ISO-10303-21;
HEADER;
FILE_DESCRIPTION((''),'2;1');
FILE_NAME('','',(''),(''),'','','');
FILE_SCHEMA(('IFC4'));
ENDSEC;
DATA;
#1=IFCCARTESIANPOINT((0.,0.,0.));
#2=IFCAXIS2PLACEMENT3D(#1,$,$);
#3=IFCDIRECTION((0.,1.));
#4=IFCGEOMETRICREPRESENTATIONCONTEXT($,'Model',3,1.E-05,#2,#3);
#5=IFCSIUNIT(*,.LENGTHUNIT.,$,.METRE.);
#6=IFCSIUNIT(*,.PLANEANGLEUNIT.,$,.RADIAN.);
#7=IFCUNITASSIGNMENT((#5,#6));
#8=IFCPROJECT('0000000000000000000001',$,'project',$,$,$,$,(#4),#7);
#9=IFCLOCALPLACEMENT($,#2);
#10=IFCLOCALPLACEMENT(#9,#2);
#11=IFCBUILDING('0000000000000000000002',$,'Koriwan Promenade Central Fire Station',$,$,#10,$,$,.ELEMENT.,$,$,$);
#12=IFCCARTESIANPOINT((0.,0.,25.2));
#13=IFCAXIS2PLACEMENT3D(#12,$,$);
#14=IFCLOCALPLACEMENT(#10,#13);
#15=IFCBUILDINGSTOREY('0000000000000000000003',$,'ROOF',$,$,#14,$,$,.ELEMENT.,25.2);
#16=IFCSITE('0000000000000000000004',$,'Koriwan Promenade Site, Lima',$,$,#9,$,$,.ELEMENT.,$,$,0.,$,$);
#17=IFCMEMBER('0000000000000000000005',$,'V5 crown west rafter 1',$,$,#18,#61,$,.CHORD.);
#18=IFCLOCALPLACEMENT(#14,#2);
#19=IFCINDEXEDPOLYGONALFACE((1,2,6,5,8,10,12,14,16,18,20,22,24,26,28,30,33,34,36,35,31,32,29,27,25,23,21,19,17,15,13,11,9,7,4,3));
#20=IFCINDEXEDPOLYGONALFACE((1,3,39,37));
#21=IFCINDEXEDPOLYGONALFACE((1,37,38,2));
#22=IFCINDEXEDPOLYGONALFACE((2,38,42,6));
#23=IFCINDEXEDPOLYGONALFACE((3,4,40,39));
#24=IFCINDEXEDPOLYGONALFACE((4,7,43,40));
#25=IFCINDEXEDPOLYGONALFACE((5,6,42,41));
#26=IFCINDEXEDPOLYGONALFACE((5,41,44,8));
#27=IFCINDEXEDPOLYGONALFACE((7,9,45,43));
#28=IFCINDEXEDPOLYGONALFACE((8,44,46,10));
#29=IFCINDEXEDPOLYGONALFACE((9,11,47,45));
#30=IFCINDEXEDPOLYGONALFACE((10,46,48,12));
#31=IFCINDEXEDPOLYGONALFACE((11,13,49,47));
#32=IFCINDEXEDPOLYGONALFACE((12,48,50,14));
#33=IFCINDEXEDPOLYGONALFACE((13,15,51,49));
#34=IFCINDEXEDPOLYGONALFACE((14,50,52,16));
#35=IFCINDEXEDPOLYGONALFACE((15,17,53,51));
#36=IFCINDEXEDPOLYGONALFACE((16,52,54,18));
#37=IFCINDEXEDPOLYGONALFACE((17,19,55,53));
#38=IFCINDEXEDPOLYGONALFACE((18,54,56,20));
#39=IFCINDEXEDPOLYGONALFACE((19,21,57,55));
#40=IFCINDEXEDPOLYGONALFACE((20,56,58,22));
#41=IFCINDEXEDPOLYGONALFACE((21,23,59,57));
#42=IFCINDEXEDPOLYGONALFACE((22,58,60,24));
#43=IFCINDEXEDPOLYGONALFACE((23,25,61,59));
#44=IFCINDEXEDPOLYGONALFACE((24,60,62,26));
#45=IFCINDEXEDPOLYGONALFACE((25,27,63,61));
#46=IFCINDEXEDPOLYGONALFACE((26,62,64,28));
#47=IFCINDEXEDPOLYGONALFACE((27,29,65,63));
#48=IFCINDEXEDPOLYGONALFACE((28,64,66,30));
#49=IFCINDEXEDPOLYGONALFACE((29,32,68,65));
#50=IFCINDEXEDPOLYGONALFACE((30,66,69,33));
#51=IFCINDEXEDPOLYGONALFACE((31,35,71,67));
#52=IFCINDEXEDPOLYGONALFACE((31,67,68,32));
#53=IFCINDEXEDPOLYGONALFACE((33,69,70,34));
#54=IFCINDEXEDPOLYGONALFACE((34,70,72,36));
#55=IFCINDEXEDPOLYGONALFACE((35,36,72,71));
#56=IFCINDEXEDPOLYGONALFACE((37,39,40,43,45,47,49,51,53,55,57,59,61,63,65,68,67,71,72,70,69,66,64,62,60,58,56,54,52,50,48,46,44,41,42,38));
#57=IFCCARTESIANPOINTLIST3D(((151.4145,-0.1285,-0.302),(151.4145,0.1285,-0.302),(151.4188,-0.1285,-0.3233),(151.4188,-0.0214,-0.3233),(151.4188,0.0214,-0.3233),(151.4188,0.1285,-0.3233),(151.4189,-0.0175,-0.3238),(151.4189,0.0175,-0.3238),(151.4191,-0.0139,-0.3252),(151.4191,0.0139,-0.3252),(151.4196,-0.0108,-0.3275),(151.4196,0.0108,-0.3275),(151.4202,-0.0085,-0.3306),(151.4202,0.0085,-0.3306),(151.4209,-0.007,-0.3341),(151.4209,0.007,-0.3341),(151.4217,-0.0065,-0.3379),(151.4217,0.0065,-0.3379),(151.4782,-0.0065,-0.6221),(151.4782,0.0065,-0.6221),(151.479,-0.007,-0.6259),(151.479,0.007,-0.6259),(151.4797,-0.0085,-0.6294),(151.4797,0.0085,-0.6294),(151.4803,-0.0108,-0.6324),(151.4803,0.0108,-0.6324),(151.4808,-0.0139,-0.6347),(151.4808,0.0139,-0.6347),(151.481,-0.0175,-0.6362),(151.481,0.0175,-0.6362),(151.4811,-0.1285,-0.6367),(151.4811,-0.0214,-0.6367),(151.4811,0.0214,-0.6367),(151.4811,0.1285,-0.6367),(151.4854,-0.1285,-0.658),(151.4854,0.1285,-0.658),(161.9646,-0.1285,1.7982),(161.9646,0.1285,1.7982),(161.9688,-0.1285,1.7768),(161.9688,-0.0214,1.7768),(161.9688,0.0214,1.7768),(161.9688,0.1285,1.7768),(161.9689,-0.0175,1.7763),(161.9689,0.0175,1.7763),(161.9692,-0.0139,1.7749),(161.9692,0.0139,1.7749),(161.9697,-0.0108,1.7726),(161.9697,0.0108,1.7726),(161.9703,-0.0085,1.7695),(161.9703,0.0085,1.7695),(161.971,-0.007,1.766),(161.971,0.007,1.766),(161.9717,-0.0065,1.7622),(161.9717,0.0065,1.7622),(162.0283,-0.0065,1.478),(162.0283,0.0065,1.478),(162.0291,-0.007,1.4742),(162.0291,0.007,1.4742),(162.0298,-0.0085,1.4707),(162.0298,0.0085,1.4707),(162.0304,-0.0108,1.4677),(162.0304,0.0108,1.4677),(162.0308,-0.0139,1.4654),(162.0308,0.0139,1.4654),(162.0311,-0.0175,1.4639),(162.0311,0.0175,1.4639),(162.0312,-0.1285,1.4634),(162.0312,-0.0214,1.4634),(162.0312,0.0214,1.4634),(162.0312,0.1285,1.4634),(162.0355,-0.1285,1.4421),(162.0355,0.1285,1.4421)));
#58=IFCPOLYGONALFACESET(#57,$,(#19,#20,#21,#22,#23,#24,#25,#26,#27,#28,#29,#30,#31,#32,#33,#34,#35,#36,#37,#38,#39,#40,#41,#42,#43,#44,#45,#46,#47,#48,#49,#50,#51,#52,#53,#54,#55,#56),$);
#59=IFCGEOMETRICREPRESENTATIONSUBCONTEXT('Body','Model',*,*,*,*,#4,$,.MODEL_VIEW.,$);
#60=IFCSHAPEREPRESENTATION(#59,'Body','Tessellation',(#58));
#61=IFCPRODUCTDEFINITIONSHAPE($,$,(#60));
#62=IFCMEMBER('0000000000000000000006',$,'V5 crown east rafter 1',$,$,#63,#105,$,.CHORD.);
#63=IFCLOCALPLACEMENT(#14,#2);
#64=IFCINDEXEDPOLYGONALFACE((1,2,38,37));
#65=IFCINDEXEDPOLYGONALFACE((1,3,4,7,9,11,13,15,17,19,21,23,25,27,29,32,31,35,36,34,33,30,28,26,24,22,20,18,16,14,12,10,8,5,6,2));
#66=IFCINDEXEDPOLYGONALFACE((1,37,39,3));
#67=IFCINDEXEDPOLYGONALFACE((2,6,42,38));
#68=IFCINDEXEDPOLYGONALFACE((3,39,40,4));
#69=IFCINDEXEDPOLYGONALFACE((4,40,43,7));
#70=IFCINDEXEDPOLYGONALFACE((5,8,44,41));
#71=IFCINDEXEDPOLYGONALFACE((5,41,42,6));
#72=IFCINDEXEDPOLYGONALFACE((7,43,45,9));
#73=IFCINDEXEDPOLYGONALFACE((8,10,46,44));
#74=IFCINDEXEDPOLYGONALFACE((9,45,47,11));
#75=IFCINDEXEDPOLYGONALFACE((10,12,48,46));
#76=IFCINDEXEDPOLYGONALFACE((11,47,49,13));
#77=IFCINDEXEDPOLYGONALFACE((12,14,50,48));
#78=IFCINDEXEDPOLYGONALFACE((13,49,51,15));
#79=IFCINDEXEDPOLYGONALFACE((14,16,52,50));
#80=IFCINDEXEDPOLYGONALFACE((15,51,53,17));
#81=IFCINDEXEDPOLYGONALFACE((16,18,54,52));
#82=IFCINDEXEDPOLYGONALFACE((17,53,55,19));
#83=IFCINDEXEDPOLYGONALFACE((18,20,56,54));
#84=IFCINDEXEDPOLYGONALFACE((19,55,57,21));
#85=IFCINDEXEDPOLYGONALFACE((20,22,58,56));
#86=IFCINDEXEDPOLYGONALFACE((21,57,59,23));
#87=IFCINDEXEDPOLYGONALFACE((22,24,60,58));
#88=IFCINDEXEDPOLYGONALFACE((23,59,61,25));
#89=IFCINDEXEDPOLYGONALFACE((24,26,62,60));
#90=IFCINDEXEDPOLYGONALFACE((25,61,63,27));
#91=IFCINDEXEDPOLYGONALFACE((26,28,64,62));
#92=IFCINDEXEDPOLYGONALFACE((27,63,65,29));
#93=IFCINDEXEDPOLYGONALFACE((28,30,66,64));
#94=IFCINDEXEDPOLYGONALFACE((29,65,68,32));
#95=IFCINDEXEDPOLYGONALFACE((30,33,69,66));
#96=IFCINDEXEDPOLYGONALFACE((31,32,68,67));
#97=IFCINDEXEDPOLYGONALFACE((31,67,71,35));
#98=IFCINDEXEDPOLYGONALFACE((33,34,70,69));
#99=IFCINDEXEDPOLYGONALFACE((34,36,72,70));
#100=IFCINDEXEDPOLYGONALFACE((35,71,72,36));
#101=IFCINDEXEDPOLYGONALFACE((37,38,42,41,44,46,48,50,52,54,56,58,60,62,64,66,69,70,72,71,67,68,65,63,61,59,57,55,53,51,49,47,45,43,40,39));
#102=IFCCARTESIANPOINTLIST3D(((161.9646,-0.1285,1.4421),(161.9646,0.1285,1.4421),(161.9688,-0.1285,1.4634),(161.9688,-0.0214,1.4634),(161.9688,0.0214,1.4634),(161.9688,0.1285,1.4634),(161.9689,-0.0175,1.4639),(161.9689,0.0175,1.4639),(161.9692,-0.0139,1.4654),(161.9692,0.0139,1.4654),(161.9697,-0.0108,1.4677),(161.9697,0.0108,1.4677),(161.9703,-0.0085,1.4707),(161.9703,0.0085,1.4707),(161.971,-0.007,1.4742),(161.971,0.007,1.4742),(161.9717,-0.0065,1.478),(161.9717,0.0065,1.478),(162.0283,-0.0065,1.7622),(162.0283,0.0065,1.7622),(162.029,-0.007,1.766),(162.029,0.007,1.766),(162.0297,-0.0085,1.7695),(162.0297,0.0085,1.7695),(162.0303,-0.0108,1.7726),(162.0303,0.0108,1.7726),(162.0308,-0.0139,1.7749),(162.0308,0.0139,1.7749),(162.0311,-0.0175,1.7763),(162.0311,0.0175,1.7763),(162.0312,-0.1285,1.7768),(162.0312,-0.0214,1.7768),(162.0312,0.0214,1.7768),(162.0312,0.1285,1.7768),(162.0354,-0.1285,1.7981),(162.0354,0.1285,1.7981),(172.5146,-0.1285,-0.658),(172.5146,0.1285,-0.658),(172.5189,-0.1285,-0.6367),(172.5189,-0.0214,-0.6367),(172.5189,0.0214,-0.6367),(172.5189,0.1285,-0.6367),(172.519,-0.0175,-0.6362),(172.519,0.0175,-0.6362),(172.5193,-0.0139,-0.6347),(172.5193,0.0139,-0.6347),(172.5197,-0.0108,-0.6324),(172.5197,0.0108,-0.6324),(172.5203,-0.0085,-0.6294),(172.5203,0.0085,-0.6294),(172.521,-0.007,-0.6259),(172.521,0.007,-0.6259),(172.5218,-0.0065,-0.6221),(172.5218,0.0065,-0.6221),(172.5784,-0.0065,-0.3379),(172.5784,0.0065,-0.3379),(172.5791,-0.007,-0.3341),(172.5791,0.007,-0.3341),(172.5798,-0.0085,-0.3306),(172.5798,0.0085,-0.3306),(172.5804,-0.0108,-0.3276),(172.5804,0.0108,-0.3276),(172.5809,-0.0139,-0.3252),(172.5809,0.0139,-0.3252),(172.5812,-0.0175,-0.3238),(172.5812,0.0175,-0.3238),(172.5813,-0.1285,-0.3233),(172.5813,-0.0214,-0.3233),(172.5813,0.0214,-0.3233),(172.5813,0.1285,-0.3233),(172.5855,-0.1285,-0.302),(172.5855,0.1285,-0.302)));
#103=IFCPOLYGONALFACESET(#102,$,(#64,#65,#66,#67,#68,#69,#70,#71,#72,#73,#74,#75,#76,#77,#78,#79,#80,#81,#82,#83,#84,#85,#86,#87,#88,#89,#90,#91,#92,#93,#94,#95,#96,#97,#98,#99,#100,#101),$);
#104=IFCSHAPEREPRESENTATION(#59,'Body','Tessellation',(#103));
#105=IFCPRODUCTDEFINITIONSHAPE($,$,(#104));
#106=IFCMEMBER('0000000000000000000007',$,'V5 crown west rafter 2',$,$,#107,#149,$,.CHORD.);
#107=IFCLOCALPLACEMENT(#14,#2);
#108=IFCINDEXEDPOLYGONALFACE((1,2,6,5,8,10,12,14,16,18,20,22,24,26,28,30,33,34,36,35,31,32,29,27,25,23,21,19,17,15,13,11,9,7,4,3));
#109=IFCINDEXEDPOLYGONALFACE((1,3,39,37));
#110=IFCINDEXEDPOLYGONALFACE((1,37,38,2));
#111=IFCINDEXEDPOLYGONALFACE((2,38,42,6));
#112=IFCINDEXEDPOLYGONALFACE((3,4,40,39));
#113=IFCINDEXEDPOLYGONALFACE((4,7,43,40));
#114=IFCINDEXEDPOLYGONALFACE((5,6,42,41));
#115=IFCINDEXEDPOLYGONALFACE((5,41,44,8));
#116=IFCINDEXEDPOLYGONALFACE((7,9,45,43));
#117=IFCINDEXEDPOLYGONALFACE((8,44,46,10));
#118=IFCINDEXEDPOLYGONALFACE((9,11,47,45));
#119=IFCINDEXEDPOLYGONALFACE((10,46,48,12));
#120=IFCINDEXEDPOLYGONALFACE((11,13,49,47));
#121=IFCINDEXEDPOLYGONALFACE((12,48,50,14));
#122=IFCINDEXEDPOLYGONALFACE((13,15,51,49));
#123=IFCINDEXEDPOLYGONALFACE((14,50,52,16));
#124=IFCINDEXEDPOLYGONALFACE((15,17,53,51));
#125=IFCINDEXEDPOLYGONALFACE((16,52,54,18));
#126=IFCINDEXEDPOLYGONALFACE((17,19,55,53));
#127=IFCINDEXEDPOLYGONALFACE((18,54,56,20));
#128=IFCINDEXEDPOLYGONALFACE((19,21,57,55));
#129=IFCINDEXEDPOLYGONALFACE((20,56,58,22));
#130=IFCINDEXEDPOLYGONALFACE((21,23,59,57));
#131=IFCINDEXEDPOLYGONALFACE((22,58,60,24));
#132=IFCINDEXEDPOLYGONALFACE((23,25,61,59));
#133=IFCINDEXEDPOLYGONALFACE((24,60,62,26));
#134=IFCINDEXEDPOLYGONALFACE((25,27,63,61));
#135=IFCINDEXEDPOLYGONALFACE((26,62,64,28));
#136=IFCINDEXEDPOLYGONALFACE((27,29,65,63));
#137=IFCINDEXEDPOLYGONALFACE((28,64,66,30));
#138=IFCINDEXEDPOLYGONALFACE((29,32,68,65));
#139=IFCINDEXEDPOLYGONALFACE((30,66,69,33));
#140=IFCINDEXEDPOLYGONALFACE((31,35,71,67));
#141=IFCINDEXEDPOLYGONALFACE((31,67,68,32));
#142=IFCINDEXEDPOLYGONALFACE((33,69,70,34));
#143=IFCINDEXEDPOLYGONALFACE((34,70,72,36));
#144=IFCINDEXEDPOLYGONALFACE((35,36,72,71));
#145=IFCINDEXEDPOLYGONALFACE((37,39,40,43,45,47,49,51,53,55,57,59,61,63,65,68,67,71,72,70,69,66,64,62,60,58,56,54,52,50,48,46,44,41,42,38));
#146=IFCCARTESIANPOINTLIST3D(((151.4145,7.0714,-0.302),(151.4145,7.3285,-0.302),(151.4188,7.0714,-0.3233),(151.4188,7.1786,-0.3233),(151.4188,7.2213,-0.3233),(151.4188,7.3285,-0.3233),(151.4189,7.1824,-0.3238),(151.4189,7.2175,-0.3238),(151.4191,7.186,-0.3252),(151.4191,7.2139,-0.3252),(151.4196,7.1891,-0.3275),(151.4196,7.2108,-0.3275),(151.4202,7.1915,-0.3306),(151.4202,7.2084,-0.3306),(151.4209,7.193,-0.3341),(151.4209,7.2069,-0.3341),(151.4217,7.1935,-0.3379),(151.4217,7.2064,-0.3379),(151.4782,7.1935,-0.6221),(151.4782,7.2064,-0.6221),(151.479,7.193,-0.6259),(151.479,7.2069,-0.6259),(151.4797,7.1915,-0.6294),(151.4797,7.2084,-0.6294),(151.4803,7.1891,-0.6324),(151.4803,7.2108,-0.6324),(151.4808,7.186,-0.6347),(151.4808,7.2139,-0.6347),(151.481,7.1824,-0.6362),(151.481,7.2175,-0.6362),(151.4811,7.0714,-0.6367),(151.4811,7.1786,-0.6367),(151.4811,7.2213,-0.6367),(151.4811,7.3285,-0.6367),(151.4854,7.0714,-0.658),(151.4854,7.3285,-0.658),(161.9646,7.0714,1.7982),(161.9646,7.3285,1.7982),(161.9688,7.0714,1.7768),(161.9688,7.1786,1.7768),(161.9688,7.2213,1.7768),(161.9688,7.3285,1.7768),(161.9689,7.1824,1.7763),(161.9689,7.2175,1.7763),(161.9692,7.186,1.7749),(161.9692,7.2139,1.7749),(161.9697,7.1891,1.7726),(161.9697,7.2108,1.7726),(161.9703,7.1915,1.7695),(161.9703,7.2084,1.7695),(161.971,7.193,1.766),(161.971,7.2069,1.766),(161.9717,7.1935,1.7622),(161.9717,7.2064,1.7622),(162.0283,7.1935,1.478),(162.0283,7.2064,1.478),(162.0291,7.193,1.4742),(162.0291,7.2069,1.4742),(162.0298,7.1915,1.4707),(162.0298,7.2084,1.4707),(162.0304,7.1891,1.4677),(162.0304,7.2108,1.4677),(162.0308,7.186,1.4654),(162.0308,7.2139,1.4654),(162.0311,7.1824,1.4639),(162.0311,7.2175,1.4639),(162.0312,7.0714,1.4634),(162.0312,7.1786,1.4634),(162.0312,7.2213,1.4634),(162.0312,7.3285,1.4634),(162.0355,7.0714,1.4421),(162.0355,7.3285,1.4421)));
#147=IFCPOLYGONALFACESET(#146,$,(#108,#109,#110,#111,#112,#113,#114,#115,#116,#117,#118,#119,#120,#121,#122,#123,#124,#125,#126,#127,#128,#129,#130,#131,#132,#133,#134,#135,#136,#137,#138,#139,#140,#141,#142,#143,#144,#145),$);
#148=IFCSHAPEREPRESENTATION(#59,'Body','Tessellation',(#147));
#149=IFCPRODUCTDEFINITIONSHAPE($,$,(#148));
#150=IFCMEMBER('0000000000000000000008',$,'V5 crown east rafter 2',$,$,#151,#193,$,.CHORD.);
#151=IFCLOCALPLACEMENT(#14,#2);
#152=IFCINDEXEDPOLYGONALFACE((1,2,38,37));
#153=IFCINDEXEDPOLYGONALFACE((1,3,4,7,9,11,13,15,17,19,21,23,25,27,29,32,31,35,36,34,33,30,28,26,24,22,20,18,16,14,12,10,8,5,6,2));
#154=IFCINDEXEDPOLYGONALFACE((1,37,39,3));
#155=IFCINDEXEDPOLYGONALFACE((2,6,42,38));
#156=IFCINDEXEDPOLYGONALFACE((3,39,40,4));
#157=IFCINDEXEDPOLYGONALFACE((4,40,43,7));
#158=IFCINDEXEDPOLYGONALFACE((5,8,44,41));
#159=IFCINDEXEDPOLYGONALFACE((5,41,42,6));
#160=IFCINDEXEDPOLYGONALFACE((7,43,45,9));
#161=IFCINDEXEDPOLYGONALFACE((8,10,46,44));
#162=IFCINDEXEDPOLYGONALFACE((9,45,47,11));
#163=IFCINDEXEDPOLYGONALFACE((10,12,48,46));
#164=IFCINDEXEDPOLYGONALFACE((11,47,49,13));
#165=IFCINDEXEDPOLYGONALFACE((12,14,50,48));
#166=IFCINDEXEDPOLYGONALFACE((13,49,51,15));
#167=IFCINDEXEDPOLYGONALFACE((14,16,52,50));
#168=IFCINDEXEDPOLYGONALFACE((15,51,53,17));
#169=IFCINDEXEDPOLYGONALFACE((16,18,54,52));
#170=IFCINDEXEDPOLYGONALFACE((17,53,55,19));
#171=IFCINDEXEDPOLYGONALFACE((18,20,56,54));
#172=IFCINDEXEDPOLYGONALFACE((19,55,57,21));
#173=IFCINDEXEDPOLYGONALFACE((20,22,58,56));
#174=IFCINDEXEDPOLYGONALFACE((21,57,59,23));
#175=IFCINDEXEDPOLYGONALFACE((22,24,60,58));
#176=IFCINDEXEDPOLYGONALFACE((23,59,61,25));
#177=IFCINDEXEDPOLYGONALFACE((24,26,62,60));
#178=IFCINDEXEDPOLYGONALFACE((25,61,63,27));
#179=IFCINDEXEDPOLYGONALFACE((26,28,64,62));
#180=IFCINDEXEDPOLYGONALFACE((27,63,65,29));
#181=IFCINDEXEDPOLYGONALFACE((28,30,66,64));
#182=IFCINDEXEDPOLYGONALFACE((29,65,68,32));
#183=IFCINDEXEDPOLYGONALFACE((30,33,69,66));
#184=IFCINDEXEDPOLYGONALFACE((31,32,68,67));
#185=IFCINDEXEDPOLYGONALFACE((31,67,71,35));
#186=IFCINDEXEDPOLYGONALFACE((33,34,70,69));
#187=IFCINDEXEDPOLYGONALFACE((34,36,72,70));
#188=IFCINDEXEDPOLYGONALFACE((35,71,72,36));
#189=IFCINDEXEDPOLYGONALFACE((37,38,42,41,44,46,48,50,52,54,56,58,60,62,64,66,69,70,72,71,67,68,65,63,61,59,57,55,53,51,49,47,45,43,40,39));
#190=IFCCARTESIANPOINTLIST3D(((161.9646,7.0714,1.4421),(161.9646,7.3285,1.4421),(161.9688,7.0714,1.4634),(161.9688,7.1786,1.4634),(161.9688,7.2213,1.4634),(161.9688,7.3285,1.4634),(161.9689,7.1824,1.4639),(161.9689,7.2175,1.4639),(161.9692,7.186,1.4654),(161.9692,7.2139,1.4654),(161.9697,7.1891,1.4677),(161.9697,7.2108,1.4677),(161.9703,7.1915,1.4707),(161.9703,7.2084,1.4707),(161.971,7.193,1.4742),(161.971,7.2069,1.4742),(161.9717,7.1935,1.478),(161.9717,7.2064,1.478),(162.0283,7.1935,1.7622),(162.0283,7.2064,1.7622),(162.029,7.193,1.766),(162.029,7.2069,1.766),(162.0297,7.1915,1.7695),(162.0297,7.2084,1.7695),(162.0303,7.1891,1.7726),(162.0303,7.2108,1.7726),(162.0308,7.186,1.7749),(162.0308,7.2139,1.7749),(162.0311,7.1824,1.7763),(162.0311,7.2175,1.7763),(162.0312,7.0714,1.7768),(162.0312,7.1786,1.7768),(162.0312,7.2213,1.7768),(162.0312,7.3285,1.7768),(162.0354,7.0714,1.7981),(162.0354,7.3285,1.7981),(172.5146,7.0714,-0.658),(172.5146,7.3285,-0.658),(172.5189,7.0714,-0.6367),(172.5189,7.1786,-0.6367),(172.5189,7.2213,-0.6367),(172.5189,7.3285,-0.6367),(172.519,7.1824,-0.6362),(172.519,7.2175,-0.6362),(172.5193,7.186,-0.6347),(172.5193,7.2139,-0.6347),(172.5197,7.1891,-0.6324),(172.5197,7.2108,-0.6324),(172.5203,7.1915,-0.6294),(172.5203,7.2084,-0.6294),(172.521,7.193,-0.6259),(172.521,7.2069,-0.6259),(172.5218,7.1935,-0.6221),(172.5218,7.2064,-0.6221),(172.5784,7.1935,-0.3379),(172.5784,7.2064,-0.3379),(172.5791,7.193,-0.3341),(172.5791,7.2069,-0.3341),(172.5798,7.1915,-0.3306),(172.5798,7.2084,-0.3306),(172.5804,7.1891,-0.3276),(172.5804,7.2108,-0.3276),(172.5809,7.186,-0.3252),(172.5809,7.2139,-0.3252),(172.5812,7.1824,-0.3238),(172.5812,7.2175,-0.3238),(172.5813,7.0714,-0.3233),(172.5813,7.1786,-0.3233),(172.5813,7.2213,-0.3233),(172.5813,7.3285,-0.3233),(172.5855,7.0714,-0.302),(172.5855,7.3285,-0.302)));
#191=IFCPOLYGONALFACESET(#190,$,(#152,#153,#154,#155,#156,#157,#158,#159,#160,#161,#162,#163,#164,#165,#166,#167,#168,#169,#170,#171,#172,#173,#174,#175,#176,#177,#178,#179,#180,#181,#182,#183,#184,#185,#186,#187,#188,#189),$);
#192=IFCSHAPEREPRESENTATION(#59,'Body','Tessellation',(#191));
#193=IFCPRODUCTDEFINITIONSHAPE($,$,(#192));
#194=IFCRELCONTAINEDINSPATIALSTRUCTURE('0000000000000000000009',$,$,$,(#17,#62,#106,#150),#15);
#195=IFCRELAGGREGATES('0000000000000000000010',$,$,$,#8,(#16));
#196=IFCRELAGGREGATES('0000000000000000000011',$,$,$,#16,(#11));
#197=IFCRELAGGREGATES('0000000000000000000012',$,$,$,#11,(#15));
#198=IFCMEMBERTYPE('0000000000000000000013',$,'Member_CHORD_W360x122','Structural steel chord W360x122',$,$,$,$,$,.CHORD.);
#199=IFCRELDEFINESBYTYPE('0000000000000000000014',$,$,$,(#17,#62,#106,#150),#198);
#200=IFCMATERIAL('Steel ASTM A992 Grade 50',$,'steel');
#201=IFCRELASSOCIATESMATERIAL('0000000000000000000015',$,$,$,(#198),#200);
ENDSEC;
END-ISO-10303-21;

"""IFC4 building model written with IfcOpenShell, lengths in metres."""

from ifc_helpers import new_model, si_unit, direction, frame, origin, origin_2d, place, context, subcontext, project, spatial, i_section, extrude, material, material_profile, profile_set, type_object, element, save


model = new_model("IFC4")

# Units and contexts
model_context = context("Model", 3, precision=1e-05, world=origin(), true_north=direction((0.0, 1.0)))
body_context = subcontext(model_context, "Body", "Model", "MODEL_VIEW")
ifc_project = project(units=[si_unit("LENGTHUNIT", "METRE"), si_unit("PLANEANGLEUNIT", "RADIAN")], contexts=[model_context])

# Site, building, storey
site_placement = place(None, origin())
site = spatial("IfcSite", under=ifc_project, at=site_placement, Name="Koriwan Promenade Site, Lima", CompositionType="ELEMENT", RefElevation=0.0)
building_placement = place(site_placement, origin())
building = spatial("IfcBuilding", under=site, at=building_placement, Name="Koriwan Promenade Central Fire Station", CompositionType="ELEMENT")
storey_placement = place(building_placement, frame((0.0, 0.0, 25.2)))
storey = spatial("IfcBuildingStorey", under=building, at=storey_placement, Name="ROOF", CompositionType="ELEMENT", Elevation=25.2)

# Members
ifc_material_1 = material(Name="Steel ASTM A992 Grade 50", Category="steel")
ifc_material_profile_1 = material_profile(ifc_material_1, i_section(OverallWidth=0.2571, OverallDepth=0.363, WebThickness=0.0129, FlangeThickness=0.0217, FilletRadius=0.0149, at=origin_2d()), Name="W360x122")
ifc_profile_set_1 = profile_set([ifc_material_profile_1], Name="Steel ASTM A992 Grade 50")
member_type_1 = type_object("IfcMemberType", Name="Member_CHORD_W360x122", Description="Structural steel chord W360x122", PredefinedType="CHORD", material=ifc_profile_set_1)
for number, where, z_axis, x_axis, name in (
    (1, (151.45, 0.0, -0.48), (0.980757, 0.0, 0.19523), (0.0, 1.0, 0.0), "V5 crown west rafter 1"),
    (2, (162.0, 0.0, 1.6201), (0.980757, 0.0, -0.19523), (0.0, 1.0, 0.0), "V5 crown east rafter 1"),
    (3, (151.45, 7.2, -0.48), (0.980757, 0.0, 0.19523), (0.0, 1.0, 0.0), "V5 crown west rafter 2"),
    (4, (162.0, 7.2, 1.6201), (0.980757, 0.0, -0.19523), (0.0, 1.0, 0.0), "V5 crown east rafter 2"),
):
    element("IfcMember", number, at=place(storey_placement, frame(where, z_axis=z_axis, x_axis=x_axis)), inside=storey, type_object=member_type_1, Name=name, PredefinedType="CHORD", context=body_context, shape_type="SweptSolid", body=[
        extrude(i_section(OverallWidth=0.2571, OverallDepth=0.363, WebThickness=0.0129, FlangeThickness=0.0217, FilletRadius=0.0149, at=origin_2d()), origin(), (0.0, 0.0, 1.0), 10.7571),
    ])

save(model, "model.ifc")
